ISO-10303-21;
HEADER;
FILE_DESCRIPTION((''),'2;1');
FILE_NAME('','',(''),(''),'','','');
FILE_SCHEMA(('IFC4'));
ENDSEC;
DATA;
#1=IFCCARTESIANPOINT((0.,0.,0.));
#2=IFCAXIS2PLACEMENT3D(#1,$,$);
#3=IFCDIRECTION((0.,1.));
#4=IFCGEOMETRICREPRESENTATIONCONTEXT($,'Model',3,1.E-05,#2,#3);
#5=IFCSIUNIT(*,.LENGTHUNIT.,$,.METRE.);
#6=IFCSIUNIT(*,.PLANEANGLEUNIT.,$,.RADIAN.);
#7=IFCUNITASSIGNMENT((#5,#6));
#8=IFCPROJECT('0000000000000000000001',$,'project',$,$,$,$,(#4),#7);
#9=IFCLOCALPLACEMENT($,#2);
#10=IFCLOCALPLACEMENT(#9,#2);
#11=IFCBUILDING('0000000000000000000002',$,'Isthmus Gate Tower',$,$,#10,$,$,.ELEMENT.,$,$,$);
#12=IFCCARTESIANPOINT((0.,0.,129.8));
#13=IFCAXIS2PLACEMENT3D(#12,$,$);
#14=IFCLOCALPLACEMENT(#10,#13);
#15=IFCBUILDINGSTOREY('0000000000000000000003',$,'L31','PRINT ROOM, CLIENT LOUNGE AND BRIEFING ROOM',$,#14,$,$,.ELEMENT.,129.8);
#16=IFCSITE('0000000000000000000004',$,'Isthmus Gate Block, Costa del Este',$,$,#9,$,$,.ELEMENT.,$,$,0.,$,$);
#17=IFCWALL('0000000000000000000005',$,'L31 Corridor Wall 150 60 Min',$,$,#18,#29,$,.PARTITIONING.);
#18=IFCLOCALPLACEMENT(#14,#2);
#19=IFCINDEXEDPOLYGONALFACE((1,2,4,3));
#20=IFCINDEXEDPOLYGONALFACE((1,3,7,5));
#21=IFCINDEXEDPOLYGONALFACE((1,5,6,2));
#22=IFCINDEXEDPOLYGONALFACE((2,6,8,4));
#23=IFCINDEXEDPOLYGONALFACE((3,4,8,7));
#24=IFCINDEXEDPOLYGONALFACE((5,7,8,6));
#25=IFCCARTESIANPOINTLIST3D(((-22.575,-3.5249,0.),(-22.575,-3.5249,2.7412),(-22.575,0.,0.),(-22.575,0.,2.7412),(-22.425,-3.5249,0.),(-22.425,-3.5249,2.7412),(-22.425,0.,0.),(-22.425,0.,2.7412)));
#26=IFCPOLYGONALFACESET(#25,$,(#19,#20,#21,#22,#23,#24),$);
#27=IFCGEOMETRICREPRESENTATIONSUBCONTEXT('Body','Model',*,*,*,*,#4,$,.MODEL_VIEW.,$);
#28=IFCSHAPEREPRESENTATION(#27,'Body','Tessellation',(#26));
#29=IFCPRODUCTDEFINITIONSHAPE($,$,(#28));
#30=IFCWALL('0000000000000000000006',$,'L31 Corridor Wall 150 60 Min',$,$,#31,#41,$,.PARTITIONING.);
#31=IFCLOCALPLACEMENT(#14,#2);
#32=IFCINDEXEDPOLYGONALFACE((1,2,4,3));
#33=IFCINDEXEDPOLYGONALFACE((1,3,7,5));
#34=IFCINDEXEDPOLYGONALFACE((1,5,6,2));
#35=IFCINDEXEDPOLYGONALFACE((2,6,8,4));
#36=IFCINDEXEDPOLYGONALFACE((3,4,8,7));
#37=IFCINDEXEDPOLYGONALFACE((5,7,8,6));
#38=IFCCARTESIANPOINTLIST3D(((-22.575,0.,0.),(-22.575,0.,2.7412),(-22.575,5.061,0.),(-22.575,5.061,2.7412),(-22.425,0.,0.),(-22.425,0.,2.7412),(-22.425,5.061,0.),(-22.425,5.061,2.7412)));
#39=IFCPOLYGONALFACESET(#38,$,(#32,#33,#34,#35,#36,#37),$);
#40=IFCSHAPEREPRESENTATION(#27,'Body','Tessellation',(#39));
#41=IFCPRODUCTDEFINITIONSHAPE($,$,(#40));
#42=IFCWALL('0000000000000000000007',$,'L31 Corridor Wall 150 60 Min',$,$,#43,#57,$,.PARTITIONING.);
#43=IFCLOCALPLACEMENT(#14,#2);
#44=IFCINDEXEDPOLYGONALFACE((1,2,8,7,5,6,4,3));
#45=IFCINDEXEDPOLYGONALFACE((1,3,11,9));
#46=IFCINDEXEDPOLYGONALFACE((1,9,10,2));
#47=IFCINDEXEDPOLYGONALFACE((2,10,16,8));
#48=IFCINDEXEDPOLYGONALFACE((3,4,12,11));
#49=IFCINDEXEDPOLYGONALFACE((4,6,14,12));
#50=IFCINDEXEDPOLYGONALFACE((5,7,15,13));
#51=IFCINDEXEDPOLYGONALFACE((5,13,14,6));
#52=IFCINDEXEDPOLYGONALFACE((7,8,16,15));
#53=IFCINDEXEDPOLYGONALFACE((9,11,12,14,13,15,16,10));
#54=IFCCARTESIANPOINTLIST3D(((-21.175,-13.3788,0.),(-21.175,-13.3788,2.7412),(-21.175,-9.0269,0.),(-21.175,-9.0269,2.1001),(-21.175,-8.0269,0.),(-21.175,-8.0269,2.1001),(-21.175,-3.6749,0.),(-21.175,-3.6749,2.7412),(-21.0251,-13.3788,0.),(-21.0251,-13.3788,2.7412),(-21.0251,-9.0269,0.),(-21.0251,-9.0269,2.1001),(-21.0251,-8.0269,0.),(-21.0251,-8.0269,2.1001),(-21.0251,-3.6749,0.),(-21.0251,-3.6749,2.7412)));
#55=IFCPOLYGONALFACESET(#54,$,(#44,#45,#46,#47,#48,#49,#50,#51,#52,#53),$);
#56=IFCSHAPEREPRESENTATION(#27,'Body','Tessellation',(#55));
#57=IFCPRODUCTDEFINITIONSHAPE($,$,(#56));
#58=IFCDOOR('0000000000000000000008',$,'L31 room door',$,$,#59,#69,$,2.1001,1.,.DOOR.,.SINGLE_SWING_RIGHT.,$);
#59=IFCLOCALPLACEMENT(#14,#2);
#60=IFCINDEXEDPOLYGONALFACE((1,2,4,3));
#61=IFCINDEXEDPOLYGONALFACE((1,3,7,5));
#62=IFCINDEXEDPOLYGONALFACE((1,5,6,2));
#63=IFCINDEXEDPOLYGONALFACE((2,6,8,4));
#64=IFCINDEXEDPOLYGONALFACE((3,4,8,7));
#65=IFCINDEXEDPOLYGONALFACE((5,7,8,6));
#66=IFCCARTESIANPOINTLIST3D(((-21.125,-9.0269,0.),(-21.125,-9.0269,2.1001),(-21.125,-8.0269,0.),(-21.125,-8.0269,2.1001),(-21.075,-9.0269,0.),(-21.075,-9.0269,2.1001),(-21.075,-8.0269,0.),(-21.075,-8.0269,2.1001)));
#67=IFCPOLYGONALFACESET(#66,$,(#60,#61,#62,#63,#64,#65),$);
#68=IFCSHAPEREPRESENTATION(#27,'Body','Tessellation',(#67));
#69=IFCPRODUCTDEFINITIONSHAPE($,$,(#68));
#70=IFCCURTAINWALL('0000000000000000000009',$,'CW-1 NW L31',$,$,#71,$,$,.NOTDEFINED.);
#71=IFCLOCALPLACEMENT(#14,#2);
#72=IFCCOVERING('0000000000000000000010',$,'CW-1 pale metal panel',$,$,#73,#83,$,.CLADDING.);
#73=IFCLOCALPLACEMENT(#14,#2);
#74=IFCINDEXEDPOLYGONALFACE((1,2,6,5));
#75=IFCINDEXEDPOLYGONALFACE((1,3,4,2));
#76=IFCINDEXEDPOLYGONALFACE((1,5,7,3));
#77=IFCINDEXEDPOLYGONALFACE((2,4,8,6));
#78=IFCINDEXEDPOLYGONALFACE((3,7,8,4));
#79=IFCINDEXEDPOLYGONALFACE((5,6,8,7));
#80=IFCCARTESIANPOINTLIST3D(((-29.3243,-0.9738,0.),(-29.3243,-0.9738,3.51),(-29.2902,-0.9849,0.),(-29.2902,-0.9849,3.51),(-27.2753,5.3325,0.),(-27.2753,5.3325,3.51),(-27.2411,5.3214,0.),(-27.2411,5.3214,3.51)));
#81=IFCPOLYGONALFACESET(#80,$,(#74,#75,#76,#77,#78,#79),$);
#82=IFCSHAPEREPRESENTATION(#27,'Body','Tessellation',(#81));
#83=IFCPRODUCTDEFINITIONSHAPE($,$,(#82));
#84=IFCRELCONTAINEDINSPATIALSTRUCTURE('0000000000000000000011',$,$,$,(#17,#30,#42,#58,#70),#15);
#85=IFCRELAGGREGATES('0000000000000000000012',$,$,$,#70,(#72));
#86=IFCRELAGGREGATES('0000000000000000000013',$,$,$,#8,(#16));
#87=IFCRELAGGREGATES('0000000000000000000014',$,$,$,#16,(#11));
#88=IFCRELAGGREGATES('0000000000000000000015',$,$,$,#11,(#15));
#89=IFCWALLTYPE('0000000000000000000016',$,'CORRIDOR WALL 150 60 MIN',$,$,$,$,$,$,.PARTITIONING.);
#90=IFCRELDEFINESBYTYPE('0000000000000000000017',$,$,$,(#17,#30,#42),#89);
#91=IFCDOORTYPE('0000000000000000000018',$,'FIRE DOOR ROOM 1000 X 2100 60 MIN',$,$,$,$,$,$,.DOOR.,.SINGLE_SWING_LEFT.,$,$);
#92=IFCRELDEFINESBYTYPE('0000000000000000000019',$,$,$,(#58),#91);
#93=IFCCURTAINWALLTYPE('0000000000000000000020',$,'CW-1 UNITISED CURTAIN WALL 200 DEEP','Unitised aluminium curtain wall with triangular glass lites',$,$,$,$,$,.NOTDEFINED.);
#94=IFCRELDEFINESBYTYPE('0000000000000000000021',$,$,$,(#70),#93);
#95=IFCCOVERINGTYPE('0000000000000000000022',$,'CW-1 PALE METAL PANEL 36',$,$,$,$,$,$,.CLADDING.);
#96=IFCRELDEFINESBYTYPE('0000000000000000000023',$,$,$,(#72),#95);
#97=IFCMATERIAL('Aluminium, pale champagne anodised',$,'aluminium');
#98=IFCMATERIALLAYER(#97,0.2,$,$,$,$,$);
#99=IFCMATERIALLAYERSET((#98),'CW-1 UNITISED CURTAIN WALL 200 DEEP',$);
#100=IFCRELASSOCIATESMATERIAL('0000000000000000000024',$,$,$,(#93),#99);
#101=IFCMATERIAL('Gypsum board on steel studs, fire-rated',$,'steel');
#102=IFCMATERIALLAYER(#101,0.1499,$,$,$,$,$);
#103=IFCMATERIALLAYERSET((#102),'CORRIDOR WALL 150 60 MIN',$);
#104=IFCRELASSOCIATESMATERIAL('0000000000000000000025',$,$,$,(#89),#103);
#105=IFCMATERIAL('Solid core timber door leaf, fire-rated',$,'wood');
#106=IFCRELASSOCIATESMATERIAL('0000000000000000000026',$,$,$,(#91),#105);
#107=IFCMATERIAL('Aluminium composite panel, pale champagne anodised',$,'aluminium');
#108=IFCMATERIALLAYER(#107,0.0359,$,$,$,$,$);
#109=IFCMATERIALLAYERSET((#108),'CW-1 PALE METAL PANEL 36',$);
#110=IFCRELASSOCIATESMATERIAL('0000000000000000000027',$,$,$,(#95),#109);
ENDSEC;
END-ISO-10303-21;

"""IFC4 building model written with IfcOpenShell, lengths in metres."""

from ifc_helpers import new_model, si_unit, direction, frame, frame_2d, origin, origin_2d, place, context, subcontext, project, spatial, rectangle, extrude, material, layer, layer_set, type_object, element, fill, aggregate, save


model = new_model("IFC4")

# Units and contexts
model_context = context("Model", 3, precision=1e-05, world=origin(), true_north=direction((0.0, 1.0)))
body_context = subcontext(model_context, "Body", "Model", "MODEL_VIEW")
ifc_project = project(units=[si_unit("LENGTHUNIT", "METRE"), si_unit("PLANEANGLEUNIT", "RADIAN")], contexts=[model_context])

# Site, building, storey
site_placement = place(None, origin())
site = spatial("IfcSite", under=ifc_project, at=site_placement, Name="Isthmus Gate Block, Costa del Este", CompositionType="ELEMENT", RefElevation=0.0)
building_placement = place(site_placement, origin())
building = spatial("IfcBuilding", under=site, at=building_placement, Name="Isthmus Gate Tower", CompositionType="ELEMENT")
storey_placement = place(building_placement, frame((0.0, 0.0, 129.8)))
storey = spatial("IfcBuildingStorey", under=building, at=storey_placement, Name="L31", Description="PRINT ROOM, CLIENT LOUNGE AND BRIEFING ROOM", CompositionType="ELEMENT", Elevation=129.8)

# Shared definitions
ifc_material_1 = material(Name="Aluminium, pale champagne anodised", Category="aluminium")
ifc_layer_1 = layer(ifc_material_1, 0.2)
ifc_layer_set_1 = layer_set([ifc_layer_1], Name="CW-1 UNITISED CURTAIN WALL 200 DEEP")
curtain_wall_type = type_object("IfcCurtainWallType", Name="CW-1 UNITISED CURTAIN WALL 200 DEEP", Description="Unitised aluminium curtain wall with triangular glass lites", PredefinedType="NOTDEFINED", material=ifc_layer_set_1)

# Shared definitions
ifc_material_2 = material(Name="Gypsum board on steel studs, fire-rated", Category="steel")
ifc_layer_2 = layer(ifc_material_2, 0.1499)
ifc_layer_set_2 = layer_set([ifc_layer_2], Name="CORRIDOR WALL 150 60 MIN")
wall_type = type_object("IfcWallType", Name="CORRIDOR WALL 150 60 MIN", PredefinedType="PARTITIONING", material=ifc_layer_set_2)

# Walls
wall_1_placement = place(storey_placement, frame((-22.5, -3.5249, 0.0), z_axis=(0.0, 0.0, 1.0), x_axis=(0.0, 1.0, 0.0)))
element("IfcWall", 1, at=wall_1_placement, inside=storey, type_object=wall_type, Name="L31 Corridor Wall 150 60 Min", PredefinedType="PARTITIONING", context=body_context, shape_type="SweptSolid", body=[
    extrude(rectangle(XDim=3.5249, YDim=0.1499, at=frame_2d((1.7625, 0.0))), origin(), (0.0, 0.0, 1.0), 2.7412),
])
wall_2_placement = place(storey_placement, frame((-22.5, 0.0, 0.0), z_axis=(0.0, 0.0, 1.0), x_axis=(0.0, 1.0, 0.0)))
element("IfcWall", 2, at=wall_2_placement, inside=storey, type_object=wall_type, Name="L31 Corridor Wall 150 60 Min", PredefinedType="PARTITIONING", context=body_context, shape_type="SweptSolid", body=[
    extrude(rectangle(XDim=5.061, YDim=0.1499, at=frame_2d((2.5305, 0.0))), origin(), (0.0, 0.0, 1.0), 2.7412),
])

# Wall, opening, door
wall_3_placement = place(storey_placement, frame((-21.1001, -13.3789, 0.0), z_axis=(0.0, 0.0, 1.0), x_axis=(0.0, 1.0, 0.0)))
wall_3 = element("IfcWall", 3, at=wall_3_placement, inside=storey, type_object=wall_type, Name="L31 Corridor Wall 150 60 Min", PredefinedType="PARTITIONING", context=body_context, shape_type="SweptSolid", body=[
    extrude(rectangle(XDim=9.7039, YDim=0.1499, at=frame_2d((4.8521, 0.0))), origin(), (0.0, 0.0, 1.0), 2.7412),
])
opening_1_placement = place(wall_3_placement, frame((4.3521, 0.0, 0.0)))
opening_1 = element("IfcOpeningElement", 4, at=opening_1_placement, cuts=wall_3, PredefinedType="OPENING", context=body_context, shape_type="SweptSolid", body=[
    extrude(rectangle(XDim=1.0, YDim=2.1001, at=frame_2d((0.5, 1.05))), frame((0.0, 0.085, 0.0), z_axis=(0.0, -1.0, 0.0), x_axis=(1.0, 0.0, 0.0)), (0.0, 0.0, 1.0), 0.1699),
])
ifc_material_3 = material(Name="Solid core timber door leaf, fire-rated", Category="wood")
door_type_1 = type_object("IfcDoorType", Name="FIRE DOOR ROOM 1000 X 2100 60 MIN", OperationType="SINGLE_SWING_LEFT", PredefinedType="DOOR", material=ifc_material_3)
door_1_placement = place(opening_1_placement, origin())
door_1 = element("IfcDoor", 5, at=door_1_placement, inside=storey, type_object=door_type_1, Name="L31 room door", OperationType="SINGLE_SWING_RIGHT", OverallHeight=2.1001, OverallWidth=1.0, PredefinedType="DOOR", context=body_context, shape_type="SweptSolid", body=[
    extrude(rectangle(XDim=1.0, YDim=2.1001, at=frame_2d((0.5, 1.05))), frame((0.0, 0.0249, 0.0), z_axis=(0.0, -1.0, 0.0), x_axis=(1.0, 0.0, 0.0)), (0.0, 0.0, 1.0), 0.05),
])
fill(opening_1, door_1)

# Curtain wall, covering
curtain_wall_1_placement = place(storey_placement, origin())
curtain_wall_1 = element("IfcCurtainWall", 6, at=curtain_wall_1_placement, inside=storey, type_object=curtain_wall_type, Name="CW-1 NW L31", PredefinedType="NOTDEFINED")
ifc_material_4 = material(Name="Aluminium composite panel, pale champagne anodised", Category="aluminium")
ifc_layer_3 = layer(ifc_material_4, 0.0359)
ifc_layer_set_3 = layer_set([ifc_layer_3], Name="CW-1 PALE METAL PANEL 36")
covering_type = type_object("IfcCoveringType", Name="CW-1 PALE METAL PANEL 36", PredefinedType="CLADDING", material=ifc_layer_set_3)
covering_placement = place(storey_placement, frame((-28.2827, 2.1738, 0.0), z_axis=(0.0, 0.0, 1.0), x_axis=(-0.309017, -0.951057, 0.0)))
covering = element("IfcCovering", 7, at=covering_placement, type_object=covering_type, Name="CW-1 pale metal panel", PredefinedType="CLADDING", context=body_context, shape_type="SweptSolid", body=[
    extrude(rectangle(XDim=6.6309, YDim=0.0359, at=origin_2d()), origin(), (0.0, 0.0, 1.0), 3.51),
])
aggregate(curtain_wall_1, [covering])

save(model, "model.ifc")
